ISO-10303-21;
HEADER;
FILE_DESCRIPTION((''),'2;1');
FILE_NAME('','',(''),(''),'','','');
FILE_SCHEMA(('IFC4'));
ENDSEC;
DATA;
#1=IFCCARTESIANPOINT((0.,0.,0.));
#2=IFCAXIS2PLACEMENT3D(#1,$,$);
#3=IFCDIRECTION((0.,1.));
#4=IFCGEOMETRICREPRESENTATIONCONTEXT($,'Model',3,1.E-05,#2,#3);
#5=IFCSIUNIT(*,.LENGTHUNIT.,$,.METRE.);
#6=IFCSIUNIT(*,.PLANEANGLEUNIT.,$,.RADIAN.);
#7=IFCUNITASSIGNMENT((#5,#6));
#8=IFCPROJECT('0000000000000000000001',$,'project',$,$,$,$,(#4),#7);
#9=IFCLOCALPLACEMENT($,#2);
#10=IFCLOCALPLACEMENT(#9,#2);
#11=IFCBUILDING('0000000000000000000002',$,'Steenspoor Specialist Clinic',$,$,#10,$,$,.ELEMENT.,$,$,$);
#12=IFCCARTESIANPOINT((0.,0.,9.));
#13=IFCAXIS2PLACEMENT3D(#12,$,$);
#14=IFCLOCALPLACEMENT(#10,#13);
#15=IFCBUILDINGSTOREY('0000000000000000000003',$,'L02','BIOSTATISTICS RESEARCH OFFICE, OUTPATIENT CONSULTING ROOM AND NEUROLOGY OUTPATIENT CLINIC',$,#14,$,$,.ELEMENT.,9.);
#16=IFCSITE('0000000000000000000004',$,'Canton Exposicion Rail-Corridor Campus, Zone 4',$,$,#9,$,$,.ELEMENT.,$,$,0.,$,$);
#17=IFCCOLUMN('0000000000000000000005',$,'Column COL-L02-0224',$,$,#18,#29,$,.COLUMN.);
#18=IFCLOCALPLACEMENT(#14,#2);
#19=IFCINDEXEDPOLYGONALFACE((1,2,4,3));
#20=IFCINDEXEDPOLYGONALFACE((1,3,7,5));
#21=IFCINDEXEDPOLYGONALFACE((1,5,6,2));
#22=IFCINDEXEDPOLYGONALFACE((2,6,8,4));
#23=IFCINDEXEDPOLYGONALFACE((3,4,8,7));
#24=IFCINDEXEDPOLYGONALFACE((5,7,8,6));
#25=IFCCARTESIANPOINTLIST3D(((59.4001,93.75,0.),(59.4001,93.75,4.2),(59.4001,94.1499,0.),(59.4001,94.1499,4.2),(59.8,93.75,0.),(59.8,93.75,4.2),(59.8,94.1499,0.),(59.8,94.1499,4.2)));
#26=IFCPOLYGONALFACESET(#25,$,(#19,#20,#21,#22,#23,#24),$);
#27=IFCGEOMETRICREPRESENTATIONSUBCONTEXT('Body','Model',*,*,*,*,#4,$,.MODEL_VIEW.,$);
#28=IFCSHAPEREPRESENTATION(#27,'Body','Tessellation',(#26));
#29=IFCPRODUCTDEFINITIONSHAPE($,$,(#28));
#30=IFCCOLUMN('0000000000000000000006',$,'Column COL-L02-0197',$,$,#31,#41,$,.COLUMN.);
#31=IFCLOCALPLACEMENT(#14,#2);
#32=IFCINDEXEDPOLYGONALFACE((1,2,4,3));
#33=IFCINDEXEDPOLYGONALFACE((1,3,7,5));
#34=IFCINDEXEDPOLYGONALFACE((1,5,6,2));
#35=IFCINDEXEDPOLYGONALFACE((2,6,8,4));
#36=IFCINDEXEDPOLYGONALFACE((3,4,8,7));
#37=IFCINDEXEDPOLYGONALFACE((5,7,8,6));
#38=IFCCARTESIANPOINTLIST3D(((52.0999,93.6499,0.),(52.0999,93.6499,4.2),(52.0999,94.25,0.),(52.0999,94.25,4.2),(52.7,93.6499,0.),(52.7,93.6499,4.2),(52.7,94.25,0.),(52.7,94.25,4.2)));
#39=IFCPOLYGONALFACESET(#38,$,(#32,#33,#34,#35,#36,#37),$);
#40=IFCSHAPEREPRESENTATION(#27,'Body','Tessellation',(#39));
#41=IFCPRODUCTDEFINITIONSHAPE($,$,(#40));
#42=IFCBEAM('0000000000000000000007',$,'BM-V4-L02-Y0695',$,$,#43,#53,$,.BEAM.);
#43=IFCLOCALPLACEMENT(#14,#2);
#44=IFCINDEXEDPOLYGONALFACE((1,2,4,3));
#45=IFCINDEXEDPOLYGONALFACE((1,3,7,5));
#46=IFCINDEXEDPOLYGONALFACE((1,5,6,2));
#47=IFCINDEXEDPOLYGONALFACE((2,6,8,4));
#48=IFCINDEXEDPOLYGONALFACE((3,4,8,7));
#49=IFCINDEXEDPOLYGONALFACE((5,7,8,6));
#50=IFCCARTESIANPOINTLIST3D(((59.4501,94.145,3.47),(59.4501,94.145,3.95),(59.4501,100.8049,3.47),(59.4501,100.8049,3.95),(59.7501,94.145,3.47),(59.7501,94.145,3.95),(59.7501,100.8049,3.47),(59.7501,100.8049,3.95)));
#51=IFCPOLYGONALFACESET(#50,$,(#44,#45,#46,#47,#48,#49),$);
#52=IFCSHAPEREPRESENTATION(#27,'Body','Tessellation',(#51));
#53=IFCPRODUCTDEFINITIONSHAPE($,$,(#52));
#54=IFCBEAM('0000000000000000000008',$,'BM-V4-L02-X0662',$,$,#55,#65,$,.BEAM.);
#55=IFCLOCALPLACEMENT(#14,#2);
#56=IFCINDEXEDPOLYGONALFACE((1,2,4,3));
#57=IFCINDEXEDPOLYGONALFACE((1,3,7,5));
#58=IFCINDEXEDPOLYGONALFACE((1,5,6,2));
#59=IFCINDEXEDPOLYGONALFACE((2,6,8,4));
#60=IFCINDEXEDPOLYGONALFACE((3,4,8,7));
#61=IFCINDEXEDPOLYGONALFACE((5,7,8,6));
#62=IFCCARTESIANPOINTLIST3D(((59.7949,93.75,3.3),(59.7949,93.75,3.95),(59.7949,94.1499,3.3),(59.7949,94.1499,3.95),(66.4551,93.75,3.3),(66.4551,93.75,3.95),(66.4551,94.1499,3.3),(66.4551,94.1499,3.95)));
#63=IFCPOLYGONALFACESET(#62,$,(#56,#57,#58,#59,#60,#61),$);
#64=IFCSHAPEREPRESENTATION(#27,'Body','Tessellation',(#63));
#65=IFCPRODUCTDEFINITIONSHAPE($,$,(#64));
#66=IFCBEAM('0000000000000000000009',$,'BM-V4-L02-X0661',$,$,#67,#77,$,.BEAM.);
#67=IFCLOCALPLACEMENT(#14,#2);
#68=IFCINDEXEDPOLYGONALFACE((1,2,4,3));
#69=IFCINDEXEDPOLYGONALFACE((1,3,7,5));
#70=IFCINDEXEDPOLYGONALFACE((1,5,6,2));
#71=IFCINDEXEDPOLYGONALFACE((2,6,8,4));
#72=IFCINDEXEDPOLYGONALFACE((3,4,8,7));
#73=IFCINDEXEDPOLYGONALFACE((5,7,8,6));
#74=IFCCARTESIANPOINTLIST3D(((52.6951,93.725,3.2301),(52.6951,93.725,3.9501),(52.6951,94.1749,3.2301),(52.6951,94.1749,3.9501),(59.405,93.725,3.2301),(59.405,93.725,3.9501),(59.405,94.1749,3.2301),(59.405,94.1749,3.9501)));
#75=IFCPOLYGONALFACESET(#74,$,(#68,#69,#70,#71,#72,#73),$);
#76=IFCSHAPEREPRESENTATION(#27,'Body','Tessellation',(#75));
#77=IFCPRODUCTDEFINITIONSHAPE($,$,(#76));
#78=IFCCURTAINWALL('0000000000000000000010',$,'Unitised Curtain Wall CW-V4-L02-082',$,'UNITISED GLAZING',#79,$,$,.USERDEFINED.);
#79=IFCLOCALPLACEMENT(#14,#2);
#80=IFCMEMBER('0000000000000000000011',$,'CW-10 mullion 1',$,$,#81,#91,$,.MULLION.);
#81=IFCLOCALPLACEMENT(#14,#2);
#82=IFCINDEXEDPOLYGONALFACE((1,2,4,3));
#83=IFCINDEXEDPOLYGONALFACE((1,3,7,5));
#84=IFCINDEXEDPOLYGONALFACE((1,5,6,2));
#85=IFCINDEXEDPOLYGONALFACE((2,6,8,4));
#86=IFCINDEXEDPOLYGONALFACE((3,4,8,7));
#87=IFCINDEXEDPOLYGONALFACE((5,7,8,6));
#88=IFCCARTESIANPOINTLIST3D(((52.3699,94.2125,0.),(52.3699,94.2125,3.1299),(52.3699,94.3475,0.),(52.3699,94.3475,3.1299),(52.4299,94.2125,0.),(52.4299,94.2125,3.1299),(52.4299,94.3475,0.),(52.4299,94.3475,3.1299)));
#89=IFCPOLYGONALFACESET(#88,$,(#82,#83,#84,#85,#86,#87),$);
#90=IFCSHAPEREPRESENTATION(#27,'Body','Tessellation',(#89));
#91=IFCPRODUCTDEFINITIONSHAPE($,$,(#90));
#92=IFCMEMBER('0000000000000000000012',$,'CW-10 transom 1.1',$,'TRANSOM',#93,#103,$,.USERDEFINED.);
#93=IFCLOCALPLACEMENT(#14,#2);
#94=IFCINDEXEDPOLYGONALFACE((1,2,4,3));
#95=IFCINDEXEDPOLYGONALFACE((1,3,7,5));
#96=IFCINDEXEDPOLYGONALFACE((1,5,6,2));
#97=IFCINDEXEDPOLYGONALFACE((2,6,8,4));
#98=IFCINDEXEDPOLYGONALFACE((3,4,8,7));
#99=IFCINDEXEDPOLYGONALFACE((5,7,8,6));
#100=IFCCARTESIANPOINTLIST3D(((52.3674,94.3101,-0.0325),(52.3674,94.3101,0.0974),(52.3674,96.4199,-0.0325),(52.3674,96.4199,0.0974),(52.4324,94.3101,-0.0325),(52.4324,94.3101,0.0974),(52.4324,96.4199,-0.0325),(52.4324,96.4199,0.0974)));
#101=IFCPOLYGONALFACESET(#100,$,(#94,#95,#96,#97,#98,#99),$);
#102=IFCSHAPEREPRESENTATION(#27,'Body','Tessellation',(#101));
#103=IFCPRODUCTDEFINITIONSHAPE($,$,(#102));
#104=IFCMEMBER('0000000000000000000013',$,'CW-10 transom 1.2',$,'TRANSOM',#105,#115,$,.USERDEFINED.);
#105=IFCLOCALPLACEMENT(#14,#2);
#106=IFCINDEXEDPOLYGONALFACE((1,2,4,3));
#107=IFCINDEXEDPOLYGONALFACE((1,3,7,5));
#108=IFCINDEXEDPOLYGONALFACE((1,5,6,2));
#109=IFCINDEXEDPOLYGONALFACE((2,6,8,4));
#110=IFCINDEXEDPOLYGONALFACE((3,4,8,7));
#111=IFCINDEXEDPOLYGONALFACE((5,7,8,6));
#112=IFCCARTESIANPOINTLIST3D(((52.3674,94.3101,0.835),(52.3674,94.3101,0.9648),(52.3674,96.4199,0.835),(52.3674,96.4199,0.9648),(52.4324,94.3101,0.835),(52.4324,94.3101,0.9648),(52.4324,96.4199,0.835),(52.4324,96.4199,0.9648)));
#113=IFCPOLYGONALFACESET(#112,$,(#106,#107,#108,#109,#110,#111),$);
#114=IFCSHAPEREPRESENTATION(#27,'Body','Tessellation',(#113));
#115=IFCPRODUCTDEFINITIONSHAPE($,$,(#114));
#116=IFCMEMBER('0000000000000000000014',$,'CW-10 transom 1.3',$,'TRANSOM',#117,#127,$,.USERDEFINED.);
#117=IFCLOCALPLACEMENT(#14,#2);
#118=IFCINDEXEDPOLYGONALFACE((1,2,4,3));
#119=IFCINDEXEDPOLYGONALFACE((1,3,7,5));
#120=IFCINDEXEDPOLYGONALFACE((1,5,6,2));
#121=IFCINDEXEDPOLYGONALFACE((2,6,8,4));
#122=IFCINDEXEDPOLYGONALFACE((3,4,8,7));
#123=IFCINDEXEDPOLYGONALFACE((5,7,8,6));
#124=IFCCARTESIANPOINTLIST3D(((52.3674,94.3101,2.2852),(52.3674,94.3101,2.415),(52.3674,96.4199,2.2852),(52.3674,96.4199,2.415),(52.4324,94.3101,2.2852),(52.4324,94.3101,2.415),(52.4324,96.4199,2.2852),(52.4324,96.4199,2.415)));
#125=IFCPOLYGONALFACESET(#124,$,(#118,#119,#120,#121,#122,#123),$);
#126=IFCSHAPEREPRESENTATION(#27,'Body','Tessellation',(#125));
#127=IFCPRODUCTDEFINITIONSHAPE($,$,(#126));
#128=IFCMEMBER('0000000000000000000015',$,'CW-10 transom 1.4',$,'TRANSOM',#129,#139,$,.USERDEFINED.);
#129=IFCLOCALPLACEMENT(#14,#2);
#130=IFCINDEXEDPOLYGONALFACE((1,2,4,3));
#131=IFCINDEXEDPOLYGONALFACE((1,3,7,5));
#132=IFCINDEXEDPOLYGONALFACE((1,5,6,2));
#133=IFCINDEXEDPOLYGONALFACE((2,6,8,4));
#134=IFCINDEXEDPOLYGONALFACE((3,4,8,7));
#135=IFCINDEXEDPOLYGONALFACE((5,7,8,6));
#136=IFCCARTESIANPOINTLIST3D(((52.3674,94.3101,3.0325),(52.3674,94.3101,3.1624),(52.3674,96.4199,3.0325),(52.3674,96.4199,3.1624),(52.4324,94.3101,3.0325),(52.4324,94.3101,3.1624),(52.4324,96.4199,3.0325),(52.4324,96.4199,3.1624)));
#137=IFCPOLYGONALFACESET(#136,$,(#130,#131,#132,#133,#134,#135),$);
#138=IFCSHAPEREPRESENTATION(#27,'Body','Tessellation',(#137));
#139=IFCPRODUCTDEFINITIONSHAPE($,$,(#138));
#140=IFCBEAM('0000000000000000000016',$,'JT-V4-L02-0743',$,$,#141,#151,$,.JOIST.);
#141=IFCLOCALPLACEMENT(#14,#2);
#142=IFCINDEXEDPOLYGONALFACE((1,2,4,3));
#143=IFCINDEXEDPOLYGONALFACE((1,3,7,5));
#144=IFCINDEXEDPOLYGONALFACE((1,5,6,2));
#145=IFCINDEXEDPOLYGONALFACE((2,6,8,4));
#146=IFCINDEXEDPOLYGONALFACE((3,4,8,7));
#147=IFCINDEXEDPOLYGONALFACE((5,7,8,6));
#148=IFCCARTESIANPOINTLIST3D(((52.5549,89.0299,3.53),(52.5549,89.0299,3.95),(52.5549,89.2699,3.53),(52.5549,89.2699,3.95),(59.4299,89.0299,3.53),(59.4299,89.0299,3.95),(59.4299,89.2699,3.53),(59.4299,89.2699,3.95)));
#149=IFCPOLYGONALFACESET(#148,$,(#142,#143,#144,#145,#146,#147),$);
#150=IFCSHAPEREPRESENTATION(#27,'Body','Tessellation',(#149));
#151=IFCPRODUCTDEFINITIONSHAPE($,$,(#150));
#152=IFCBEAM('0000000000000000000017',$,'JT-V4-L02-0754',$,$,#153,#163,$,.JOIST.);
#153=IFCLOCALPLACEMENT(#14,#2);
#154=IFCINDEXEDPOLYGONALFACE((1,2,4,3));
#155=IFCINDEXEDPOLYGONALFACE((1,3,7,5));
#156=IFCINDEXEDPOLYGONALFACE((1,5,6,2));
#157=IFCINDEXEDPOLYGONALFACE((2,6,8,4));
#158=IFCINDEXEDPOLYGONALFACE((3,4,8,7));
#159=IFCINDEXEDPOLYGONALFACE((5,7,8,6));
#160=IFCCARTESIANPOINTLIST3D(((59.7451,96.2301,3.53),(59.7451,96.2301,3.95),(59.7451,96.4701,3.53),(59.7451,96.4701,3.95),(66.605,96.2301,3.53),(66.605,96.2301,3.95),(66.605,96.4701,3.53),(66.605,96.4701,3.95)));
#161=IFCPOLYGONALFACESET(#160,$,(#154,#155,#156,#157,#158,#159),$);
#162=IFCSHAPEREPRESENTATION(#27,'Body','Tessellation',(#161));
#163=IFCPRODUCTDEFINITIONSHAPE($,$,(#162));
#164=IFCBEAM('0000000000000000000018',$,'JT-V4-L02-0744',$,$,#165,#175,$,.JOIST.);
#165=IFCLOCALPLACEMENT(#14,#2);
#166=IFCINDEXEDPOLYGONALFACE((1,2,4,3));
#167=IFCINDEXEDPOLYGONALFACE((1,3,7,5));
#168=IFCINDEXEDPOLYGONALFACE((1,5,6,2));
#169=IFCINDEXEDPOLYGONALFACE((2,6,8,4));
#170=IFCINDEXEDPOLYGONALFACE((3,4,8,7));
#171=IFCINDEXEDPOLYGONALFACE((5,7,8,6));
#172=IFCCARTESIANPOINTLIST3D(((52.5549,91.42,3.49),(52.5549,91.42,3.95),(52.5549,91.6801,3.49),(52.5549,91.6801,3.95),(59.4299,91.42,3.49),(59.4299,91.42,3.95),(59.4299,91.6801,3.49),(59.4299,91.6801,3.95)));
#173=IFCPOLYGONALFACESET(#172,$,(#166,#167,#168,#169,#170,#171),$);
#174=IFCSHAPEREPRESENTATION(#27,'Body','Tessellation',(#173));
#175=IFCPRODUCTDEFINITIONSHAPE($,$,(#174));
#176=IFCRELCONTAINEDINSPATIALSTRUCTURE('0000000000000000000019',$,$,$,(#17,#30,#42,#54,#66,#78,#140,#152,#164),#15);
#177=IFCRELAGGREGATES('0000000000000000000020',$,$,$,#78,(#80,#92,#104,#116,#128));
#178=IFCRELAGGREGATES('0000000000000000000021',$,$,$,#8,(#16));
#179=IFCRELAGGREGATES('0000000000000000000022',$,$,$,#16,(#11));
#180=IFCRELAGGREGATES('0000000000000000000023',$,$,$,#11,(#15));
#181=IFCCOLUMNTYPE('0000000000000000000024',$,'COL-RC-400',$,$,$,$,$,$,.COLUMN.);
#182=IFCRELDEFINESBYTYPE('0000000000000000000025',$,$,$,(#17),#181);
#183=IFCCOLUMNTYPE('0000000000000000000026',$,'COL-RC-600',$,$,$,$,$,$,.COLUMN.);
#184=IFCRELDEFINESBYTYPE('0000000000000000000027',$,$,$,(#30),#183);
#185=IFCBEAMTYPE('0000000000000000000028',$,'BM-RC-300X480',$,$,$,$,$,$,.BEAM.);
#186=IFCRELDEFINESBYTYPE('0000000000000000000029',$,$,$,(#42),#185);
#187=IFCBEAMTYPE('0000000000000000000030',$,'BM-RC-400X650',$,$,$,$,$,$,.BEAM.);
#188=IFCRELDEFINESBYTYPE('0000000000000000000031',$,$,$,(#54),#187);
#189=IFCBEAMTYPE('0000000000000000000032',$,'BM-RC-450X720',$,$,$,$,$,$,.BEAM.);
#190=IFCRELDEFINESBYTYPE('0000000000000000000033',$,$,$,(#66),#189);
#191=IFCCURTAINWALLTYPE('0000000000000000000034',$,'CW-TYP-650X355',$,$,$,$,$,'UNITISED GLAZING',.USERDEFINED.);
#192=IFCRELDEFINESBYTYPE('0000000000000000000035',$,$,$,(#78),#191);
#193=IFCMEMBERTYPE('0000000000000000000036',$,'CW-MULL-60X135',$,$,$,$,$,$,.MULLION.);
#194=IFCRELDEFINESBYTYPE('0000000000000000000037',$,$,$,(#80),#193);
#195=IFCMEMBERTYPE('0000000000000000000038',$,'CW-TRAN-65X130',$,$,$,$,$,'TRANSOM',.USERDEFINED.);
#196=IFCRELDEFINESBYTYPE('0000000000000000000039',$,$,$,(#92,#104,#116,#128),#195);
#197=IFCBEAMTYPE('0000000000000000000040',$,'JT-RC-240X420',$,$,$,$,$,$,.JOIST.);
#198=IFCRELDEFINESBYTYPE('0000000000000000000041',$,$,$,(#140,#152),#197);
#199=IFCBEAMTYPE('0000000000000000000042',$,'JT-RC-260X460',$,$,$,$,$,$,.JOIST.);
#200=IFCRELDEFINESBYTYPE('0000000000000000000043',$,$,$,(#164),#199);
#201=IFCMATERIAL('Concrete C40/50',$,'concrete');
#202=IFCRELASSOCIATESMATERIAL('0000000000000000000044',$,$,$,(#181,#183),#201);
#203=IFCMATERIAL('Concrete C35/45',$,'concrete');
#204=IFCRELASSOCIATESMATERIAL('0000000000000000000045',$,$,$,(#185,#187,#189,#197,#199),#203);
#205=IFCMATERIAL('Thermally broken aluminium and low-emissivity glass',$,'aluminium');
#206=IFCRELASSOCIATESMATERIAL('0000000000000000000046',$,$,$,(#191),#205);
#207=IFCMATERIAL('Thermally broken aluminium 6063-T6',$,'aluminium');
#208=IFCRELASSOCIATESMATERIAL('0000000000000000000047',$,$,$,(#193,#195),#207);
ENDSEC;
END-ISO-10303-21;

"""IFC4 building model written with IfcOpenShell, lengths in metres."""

from ifc_helpers import new_model, si_unit, direction, frame, origin, origin_2d, place, context, subcontext, project, spatial, rectangle, extrude, material, material_profile, profile_set, type_object, element, aggregate, save


model = new_model("IFC4")

# Units and contexts
model_context = context("Model", 3, precision=1e-05, world=origin(), true_north=direction((0.0, 1.0)))
body_context = subcontext(model_context, "Body", "Model", "MODEL_VIEW")
ifc_project = project(units=[si_unit("LENGTHUNIT", "METRE"), si_unit("PLANEANGLEUNIT", "RADIAN")], contexts=[model_context])

# Site, building, storey
site_placement = place(None, origin())
site = spatial("IfcSite", under=ifc_project, at=site_placement, Name="Canton Exposicion Rail-Corridor Campus, Zone 4", CompositionType="ELEMENT", RefElevation=0.0)
building_placement = place(site_placement, origin())
building = spatial("IfcBuilding", under=site, at=building_placement, Name="Steenspoor Specialist Clinic", CompositionType="ELEMENT")
storey_placement = place(building_placement, frame((0.0, 0.0, 9.0)))
storey = spatial("IfcBuildingStorey", under=building, at=storey_placement, Name="L02", Description="BIOSTATISTICS RESEARCH OFFICE, OUTPATIENT CONSULTING ROOM AND NEUROLOGY OUTPATIENT CLINIC", CompositionType="ELEMENT", Elevation=9.0)

# Columns
ifc_material_1 = material(Name="Concrete C40/50", Category="concrete")
ifc_material_profile_1 = material_profile(ifc_material_1, rectangle(XDim=0.3999, YDim=0.3999, at=origin_2d()), Name="RC-COL-400X400")
ifc_profile_set_1 = profile_set([ifc_material_profile_1], Name="Concrete C40/50")
column_type_1 = type_object("IfcColumnType", Name="COL-RC-400", PredefinedType="COLUMN", material=ifc_profile_set_1)
column_1_placement = place(storey_placement, frame((59.6001, 93.95, 0.0), z_axis=(0.0, 0.0, 1.0), x_axis=(1.0, 0.0, 0.0)))
element("IfcColumn", 1, at=column_1_placement, inside=storey, type_object=column_type_1, Name="Column COL-L02-0224", PredefinedType="COLUMN", context=body_context, shape_type="SweptSolid", body=[
    extrude(rectangle(XDim=0.3999, YDim=0.3999, at=origin_2d()), origin(), (0.0, 0.0, 1.0), 4.2),
])
ifc_material_profile_2 = material_profile(ifc_material_1, rectangle(XDim=0.6001, YDim=0.6001, at=origin_2d()), Name="RC-COL-600X600")
ifc_profile_set_2 = profile_set([ifc_material_profile_2], Name="Concrete C40/50")
column_type_2 = type_object("IfcColumnType", Name="COL-RC-600", PredefinedType="COLUMN", material=ifc_profile_set_2)
column_2_placement = place(storey_placement, frame((52.3999, 93.95, 0.0), z_axis=(0.0, 0.0, 1.0), x_axis=(1.0, 0.0, 0.0)))
element("IfcColumn", 2, at=column_2_placement, inside=storey, type_object=column_type_2, Name="Column COL-L02-0197", PredefinedType="COLUMN", context=body_context, shape_type="SweptSolid", body=[
    extrude(rectangle(XDim=0.6001, YDim=0.6001, at=origin_2d()), origin(), (0.0, 0.0, 1.0), 4.2),
])

# Beams
ifc_material_2 = material(Name="Concrete C35/45", Category="concrete")
ifc_material_profile_3 = material_profile(ifc_material_2, rectangle(XDim=0.3, YDim=0.48, at=origin_2d()), Name="RC-BM-300X480")
ifc_profile_set_3 = profile_set([ifc_material_profile_3], Name="Concrete C35/45")
beam_type_1 = type_object("IfcBeamType", Name="BM-RC-300X480", PredefinedType="BEAM", material=ifc_profile_set_3)
beam_1_placement = place(storey_placement, frame((59.6001, 94.145, 3.71), z_axis=(0.0, 1.0, 0.0), x_axis=(-1.0, 0.0, 0.0)))
element("IfcBeam", 3, at=beam_1_placement, inside=storey, type_object=beam_type_1, Name="BM-V4-L02-Y0695", PredefinedType="BEAM", context=body_context, shape_type="SweptSolid", body=[
    extrude(rectangle(XDim=0.3, YDim=0.48, at=origin_2d()), origin(), (0.0, 0.0, 1.0), 6.6599),
])
ifc_material_profile_4 = material_profile(ifc_material_2, rectangle(XDim=0.3999, YDim=0.6499, at=origin_2d()), Name="RC-BM-400X650")
ifc_profile_set_4 = profile_set([ifc_material_profile_4], Name="Concrete C35/45")
beam_type_2 = type_object("IfcBeamType", Name="BM-RC-400X650", PredefinedType="BEAM", material=ifc_profile_set_4)
beam_2_placement = place(storey_placement, frame((59.7949, 93.95, 3.625), z_axis=(1.0, 0.0, 0.0), x_axis=(0.0, 1.0, 0.0)))
element("IfcBeam", 4, at=beam_2_placement, inside=storey, type_object=beam_type_2, Name="BM-V4-L02-X0662", PredefinedType="BEAM", context=body_context, shape_type="SweptSolid", body=[
    extrude(rectangle(XDim=0.3999, YDim=0.6499, at=origin_2d()), origin(), (0.0, 0.0, 1.0), 6.6602),
])
ifc_material_profile_5 = material_profile(ifc_material_2, rectangle(XDim=0.45, YDim=0.72, at=origin_2d()), Name="RC-BM-450X720")
ifc_profile_set_5 = profile_set([ifc_material_profile_5], Name="Concrete C35/45")
beam_type_3 = type_object("IfcBeamType", Name="BM-RC-450X720", PredefinedType="BEAM", material=ifc_profile_set_5)
beam_3_placement = place(storey_placement, frame((52.6951, 93.95, 3.5901), z_axis=(1.0, 0.0, 0.0), x_axis=(0.0, 1.0, 0.0)))
element("IfcBeam", 5, at=beam_3_placement, inside=storey, type_object=beam_type_3, Name="BM-V4-L02-X0661", PredefinedType="BEAM", context=body_context, shape_type="SweptSolid", body=[
    extrude(rectangle(XDim=0.45, YDim=0.72, at=origin_2d()), origin(), (0.0, 0.0, 1.0), 6.71),
])

# Curtain wall, members
ifc_material_3 = material(Name="Thermally broken aluminium and low-emissivity glass", Category="aluminium")
curtain_wall_type = type_object("IfcCurtainWallType", Name="CW-TYP-650X355", ElementType="UNITISED GLAZING", PredefinedType="USERDEFINED", material=ifc_material_3)
curtain_wall_placement = place(storey_placement, origin())
curtain_wall = element("IfcCurtainWall", 6, at=curtain_wall_placement, inside=storey, type_object=curtain_wall_type, Name="Unitised Curtain Wall CW-V4-L02-082", ObjectType="UNITISED GLAZING", PredefinedType="USERDEFINED")
ifc_material_4 = material(Name="Thermally broken aluminium 6063-T6", Category="aluminium")
ifc_material_profile_6 = material_profile(ifc_material_4, rectangle(XDim=0.0601, YDim=0.135, at=origin_2d()), Name="CWM-60X135")
ifc_profile_set_6 = profile_set([ifc_material_profile_6], Name="Thermally broken aluminium 6063-T6")
member_type_1 = type_object("IfcMemberType", Name="CW-MULL-60X135", PredefinedType="MULLION", material=ifc_profile_set_6)
member_1_placement = place(storey_placement, frame((52.3999, 94.28, 0.0), z_axis=(0.0, 0.0, 1.0), x_axis=(-1.0, 0.0, 0.0)))
member_1 = element("IfcMember", 7, at=member_1_placement, type_object=member_type_1, Name="CW-10 mullion 1", PredefinedType="MULLION", context=body_context, shape_type="SweptSolid", body=[
    extrude(rectangle(XDim=0.0601, YDim=0.135, at=origin_2d()), origin(), (0.0, 0.0, 1.0), 3.1299),
])
ifc_material_profile_7 = material_profile(ifc_material_4, rectangle(XDim=0.0649, YDim=0.1299, at=origin_2d()), Name="CWT-65X130")
ifc_profile_set_7 = profile_set([ifc_material_profile_7], Name="Thermally broken aluminium 6063-T6")
member_type_2 = type_object("IfcMemberType", Name="CW-TRAN-65X130", ElementType="TRANSOM", PredefinedType="USERDEFINED", material=ifc_profile_set_7)
member_2_placement = place(storey_placement, frame((52.3999, 94.3101, 0.0325), z_axis=(0.0, 1.0, 0.0), x_axis=(-1.0, 0.0, 0.0)))
member_2 = element("IfcMember", 8, at=member_2_placement, type_object=member_type_2, Name="CW-10 transom 1.1", ObjectType="TRANSOM", PredefinedType="USERDEFINED", context=body_context, shape_type="SweptSolid", body=[
    extrude(rectangle(XDim=0.0649, YDim=0.1299, at=origin_2d()), origin(), (0.0, 0.0, 1.0), 2.1099),
])
member_3_placement = place(storey_placement, frame((52.3999, 94.3101, 0.8999), z_axis=(0.0, 1.0, 0.0), x_axis=(-1.0, 0.0, 0.0)))
member_3 = element("IfcMember", 9, at=member_3_placement, type_object=member_type_2, Name="CW-10 transom 1.2", ObjectType="TRANSOM", PredefinedType="USERDEFINED", context=body_context, shape_type="SweptSolid", body=[
    extrude(rectangle(XDim=0.0649, YDim=0.1299, at=origin_2d()), origin(), (0.0, 0.0, 1.0), 2.1099),
])
member_4_placement = place(storey_placement, frame((52.3999, 94.3101, 2.3501), z_axis=(0.0, 1.0, 0.0), x_axis=(-1.0, 0.0, 0.0)))
member_4 = element("IfcMember", 10, at=member_4_placement, type_object=member_type_2, Name="CW-10 transom 1.3", ObjectType="TRANSOM", PredefinedType="USERDEFINED", context=body_context, shape_type="SweptSolid", body=[
    extrude(rectangle(XDim=0.0649, YDim=0.1299, at=origin_2d()), origin(), (0.0, 0.0, 1.0), 2.1099),
])
member_5_placement = place(storey_placement, frame((52.3999, 94.3101, 3.0974), z_axis=(0.0, 1.0, 0.0), x_axis=(-1.0, 0.0, 0.0)))
member_5 = element("IfcMember", 11, at=member_5_placement, type_object=member_type_2, Name="CW-10 transom 1.4", ObjectType="TRANSOM", PredefinedType="USERDEFINED", context=body_context, shape_type="SweptSolid", body=[
    extrude(rectangle(XDim=0.0649, YDim=0.1299, at=origin_2d()), origin(), (0.0, 0.0, 1.0), 2.1099),
])

# Beams
ifc_material_profile_8 = material_profile(ifc_material_2, rectangle(XDim=0.24, YDim=0.4199, at=origin_2d()), Name="RC-JT-240X420")
ifc_profile_set_8 = profile_set([ifc_material_profile_8], Name="Concrete C35/45")
beam_type_4 = type_object("IfcBeamType", Name="JT-RC-240X420", PredefinedType="JOIST", material=ifc_profile_set_8)
beam_4_placement = place(storey_placement, frame((52.5549, 89.1499, 3.74), z_axis=(1.0, 0.0, 0.0), x_axis=(0.0, 1.0, 0.0)))
element("IfcBeam", 12, at=beam_4_placement, inside=storey, type_object=beam_type_4, Name="JT-V4-L02-0743", PredefinedType="JOIST", context=body_context, shape_type="SweptSolid", body=[
    extrude(rectangle(XDim=0.24, YDim=0.4199, at=origin_2d()), origin(), (0.0, 0.0, 1.0), 6.875),
])
beam_5_placement = place(storey_placement, frame((59.7451, 96.3501, 3.74), z_axis=(1.0, 0.0, 0.0), x_axis=(0.0, 1.0, 0.0)))
element("IfcBeam", 13, at=beam_5_placement, inside=storey, type_object=beam_type_4, Name="JT-V4-L02-0754", PredefinedType="JOIST", context=body_context, shape_type="SweptSolid", body=[
    extrude(rectangle(XDim=0.24, YDim=0.4199, at=origin_2d()), origin(), (0.0, 0.0, 1.0), 6.8599),
])
ifc_material_profile_9 = material_profile(ifc_material_2, rectangle(XDim=0.26, YDim=0.46, at=origin_2d()), Name="RC-JT-260X460")
ifc_profile_set_9 = profile_set([ifc_material_profile_9], Name="Concrete C35/45")
beam_type_5 = type_object("IfcBeamType", Name="JT-RC-260X460", PredefinedType="JOIST", material=ifc_profile_set_9)
beam_6_placement = place(storey_placement, frame((52.5549, 91.55, 3.72), z_axis=(1.0, 0.0, 0.0), x_axis=(0.0, 1.0, 0.0)))
element("IfcBeam", 14, at=beam_6_placement, inside=storey, type_object=beam_type_5, Name="JT-V4-L02-0744", PredefinedType="JOIST", context=body_context, shape_type="SweptSolid", body=[
    extrude(rectangle(XDim=0.26, YDim=0.46, at=origin_2d()), origin(), (0.0, 0.0, 1.0), 6.875),
])

aggregate(curtain_wall, [member_1, member_2, member_3, member_4, member_5])

save(model, "model.ifc")
